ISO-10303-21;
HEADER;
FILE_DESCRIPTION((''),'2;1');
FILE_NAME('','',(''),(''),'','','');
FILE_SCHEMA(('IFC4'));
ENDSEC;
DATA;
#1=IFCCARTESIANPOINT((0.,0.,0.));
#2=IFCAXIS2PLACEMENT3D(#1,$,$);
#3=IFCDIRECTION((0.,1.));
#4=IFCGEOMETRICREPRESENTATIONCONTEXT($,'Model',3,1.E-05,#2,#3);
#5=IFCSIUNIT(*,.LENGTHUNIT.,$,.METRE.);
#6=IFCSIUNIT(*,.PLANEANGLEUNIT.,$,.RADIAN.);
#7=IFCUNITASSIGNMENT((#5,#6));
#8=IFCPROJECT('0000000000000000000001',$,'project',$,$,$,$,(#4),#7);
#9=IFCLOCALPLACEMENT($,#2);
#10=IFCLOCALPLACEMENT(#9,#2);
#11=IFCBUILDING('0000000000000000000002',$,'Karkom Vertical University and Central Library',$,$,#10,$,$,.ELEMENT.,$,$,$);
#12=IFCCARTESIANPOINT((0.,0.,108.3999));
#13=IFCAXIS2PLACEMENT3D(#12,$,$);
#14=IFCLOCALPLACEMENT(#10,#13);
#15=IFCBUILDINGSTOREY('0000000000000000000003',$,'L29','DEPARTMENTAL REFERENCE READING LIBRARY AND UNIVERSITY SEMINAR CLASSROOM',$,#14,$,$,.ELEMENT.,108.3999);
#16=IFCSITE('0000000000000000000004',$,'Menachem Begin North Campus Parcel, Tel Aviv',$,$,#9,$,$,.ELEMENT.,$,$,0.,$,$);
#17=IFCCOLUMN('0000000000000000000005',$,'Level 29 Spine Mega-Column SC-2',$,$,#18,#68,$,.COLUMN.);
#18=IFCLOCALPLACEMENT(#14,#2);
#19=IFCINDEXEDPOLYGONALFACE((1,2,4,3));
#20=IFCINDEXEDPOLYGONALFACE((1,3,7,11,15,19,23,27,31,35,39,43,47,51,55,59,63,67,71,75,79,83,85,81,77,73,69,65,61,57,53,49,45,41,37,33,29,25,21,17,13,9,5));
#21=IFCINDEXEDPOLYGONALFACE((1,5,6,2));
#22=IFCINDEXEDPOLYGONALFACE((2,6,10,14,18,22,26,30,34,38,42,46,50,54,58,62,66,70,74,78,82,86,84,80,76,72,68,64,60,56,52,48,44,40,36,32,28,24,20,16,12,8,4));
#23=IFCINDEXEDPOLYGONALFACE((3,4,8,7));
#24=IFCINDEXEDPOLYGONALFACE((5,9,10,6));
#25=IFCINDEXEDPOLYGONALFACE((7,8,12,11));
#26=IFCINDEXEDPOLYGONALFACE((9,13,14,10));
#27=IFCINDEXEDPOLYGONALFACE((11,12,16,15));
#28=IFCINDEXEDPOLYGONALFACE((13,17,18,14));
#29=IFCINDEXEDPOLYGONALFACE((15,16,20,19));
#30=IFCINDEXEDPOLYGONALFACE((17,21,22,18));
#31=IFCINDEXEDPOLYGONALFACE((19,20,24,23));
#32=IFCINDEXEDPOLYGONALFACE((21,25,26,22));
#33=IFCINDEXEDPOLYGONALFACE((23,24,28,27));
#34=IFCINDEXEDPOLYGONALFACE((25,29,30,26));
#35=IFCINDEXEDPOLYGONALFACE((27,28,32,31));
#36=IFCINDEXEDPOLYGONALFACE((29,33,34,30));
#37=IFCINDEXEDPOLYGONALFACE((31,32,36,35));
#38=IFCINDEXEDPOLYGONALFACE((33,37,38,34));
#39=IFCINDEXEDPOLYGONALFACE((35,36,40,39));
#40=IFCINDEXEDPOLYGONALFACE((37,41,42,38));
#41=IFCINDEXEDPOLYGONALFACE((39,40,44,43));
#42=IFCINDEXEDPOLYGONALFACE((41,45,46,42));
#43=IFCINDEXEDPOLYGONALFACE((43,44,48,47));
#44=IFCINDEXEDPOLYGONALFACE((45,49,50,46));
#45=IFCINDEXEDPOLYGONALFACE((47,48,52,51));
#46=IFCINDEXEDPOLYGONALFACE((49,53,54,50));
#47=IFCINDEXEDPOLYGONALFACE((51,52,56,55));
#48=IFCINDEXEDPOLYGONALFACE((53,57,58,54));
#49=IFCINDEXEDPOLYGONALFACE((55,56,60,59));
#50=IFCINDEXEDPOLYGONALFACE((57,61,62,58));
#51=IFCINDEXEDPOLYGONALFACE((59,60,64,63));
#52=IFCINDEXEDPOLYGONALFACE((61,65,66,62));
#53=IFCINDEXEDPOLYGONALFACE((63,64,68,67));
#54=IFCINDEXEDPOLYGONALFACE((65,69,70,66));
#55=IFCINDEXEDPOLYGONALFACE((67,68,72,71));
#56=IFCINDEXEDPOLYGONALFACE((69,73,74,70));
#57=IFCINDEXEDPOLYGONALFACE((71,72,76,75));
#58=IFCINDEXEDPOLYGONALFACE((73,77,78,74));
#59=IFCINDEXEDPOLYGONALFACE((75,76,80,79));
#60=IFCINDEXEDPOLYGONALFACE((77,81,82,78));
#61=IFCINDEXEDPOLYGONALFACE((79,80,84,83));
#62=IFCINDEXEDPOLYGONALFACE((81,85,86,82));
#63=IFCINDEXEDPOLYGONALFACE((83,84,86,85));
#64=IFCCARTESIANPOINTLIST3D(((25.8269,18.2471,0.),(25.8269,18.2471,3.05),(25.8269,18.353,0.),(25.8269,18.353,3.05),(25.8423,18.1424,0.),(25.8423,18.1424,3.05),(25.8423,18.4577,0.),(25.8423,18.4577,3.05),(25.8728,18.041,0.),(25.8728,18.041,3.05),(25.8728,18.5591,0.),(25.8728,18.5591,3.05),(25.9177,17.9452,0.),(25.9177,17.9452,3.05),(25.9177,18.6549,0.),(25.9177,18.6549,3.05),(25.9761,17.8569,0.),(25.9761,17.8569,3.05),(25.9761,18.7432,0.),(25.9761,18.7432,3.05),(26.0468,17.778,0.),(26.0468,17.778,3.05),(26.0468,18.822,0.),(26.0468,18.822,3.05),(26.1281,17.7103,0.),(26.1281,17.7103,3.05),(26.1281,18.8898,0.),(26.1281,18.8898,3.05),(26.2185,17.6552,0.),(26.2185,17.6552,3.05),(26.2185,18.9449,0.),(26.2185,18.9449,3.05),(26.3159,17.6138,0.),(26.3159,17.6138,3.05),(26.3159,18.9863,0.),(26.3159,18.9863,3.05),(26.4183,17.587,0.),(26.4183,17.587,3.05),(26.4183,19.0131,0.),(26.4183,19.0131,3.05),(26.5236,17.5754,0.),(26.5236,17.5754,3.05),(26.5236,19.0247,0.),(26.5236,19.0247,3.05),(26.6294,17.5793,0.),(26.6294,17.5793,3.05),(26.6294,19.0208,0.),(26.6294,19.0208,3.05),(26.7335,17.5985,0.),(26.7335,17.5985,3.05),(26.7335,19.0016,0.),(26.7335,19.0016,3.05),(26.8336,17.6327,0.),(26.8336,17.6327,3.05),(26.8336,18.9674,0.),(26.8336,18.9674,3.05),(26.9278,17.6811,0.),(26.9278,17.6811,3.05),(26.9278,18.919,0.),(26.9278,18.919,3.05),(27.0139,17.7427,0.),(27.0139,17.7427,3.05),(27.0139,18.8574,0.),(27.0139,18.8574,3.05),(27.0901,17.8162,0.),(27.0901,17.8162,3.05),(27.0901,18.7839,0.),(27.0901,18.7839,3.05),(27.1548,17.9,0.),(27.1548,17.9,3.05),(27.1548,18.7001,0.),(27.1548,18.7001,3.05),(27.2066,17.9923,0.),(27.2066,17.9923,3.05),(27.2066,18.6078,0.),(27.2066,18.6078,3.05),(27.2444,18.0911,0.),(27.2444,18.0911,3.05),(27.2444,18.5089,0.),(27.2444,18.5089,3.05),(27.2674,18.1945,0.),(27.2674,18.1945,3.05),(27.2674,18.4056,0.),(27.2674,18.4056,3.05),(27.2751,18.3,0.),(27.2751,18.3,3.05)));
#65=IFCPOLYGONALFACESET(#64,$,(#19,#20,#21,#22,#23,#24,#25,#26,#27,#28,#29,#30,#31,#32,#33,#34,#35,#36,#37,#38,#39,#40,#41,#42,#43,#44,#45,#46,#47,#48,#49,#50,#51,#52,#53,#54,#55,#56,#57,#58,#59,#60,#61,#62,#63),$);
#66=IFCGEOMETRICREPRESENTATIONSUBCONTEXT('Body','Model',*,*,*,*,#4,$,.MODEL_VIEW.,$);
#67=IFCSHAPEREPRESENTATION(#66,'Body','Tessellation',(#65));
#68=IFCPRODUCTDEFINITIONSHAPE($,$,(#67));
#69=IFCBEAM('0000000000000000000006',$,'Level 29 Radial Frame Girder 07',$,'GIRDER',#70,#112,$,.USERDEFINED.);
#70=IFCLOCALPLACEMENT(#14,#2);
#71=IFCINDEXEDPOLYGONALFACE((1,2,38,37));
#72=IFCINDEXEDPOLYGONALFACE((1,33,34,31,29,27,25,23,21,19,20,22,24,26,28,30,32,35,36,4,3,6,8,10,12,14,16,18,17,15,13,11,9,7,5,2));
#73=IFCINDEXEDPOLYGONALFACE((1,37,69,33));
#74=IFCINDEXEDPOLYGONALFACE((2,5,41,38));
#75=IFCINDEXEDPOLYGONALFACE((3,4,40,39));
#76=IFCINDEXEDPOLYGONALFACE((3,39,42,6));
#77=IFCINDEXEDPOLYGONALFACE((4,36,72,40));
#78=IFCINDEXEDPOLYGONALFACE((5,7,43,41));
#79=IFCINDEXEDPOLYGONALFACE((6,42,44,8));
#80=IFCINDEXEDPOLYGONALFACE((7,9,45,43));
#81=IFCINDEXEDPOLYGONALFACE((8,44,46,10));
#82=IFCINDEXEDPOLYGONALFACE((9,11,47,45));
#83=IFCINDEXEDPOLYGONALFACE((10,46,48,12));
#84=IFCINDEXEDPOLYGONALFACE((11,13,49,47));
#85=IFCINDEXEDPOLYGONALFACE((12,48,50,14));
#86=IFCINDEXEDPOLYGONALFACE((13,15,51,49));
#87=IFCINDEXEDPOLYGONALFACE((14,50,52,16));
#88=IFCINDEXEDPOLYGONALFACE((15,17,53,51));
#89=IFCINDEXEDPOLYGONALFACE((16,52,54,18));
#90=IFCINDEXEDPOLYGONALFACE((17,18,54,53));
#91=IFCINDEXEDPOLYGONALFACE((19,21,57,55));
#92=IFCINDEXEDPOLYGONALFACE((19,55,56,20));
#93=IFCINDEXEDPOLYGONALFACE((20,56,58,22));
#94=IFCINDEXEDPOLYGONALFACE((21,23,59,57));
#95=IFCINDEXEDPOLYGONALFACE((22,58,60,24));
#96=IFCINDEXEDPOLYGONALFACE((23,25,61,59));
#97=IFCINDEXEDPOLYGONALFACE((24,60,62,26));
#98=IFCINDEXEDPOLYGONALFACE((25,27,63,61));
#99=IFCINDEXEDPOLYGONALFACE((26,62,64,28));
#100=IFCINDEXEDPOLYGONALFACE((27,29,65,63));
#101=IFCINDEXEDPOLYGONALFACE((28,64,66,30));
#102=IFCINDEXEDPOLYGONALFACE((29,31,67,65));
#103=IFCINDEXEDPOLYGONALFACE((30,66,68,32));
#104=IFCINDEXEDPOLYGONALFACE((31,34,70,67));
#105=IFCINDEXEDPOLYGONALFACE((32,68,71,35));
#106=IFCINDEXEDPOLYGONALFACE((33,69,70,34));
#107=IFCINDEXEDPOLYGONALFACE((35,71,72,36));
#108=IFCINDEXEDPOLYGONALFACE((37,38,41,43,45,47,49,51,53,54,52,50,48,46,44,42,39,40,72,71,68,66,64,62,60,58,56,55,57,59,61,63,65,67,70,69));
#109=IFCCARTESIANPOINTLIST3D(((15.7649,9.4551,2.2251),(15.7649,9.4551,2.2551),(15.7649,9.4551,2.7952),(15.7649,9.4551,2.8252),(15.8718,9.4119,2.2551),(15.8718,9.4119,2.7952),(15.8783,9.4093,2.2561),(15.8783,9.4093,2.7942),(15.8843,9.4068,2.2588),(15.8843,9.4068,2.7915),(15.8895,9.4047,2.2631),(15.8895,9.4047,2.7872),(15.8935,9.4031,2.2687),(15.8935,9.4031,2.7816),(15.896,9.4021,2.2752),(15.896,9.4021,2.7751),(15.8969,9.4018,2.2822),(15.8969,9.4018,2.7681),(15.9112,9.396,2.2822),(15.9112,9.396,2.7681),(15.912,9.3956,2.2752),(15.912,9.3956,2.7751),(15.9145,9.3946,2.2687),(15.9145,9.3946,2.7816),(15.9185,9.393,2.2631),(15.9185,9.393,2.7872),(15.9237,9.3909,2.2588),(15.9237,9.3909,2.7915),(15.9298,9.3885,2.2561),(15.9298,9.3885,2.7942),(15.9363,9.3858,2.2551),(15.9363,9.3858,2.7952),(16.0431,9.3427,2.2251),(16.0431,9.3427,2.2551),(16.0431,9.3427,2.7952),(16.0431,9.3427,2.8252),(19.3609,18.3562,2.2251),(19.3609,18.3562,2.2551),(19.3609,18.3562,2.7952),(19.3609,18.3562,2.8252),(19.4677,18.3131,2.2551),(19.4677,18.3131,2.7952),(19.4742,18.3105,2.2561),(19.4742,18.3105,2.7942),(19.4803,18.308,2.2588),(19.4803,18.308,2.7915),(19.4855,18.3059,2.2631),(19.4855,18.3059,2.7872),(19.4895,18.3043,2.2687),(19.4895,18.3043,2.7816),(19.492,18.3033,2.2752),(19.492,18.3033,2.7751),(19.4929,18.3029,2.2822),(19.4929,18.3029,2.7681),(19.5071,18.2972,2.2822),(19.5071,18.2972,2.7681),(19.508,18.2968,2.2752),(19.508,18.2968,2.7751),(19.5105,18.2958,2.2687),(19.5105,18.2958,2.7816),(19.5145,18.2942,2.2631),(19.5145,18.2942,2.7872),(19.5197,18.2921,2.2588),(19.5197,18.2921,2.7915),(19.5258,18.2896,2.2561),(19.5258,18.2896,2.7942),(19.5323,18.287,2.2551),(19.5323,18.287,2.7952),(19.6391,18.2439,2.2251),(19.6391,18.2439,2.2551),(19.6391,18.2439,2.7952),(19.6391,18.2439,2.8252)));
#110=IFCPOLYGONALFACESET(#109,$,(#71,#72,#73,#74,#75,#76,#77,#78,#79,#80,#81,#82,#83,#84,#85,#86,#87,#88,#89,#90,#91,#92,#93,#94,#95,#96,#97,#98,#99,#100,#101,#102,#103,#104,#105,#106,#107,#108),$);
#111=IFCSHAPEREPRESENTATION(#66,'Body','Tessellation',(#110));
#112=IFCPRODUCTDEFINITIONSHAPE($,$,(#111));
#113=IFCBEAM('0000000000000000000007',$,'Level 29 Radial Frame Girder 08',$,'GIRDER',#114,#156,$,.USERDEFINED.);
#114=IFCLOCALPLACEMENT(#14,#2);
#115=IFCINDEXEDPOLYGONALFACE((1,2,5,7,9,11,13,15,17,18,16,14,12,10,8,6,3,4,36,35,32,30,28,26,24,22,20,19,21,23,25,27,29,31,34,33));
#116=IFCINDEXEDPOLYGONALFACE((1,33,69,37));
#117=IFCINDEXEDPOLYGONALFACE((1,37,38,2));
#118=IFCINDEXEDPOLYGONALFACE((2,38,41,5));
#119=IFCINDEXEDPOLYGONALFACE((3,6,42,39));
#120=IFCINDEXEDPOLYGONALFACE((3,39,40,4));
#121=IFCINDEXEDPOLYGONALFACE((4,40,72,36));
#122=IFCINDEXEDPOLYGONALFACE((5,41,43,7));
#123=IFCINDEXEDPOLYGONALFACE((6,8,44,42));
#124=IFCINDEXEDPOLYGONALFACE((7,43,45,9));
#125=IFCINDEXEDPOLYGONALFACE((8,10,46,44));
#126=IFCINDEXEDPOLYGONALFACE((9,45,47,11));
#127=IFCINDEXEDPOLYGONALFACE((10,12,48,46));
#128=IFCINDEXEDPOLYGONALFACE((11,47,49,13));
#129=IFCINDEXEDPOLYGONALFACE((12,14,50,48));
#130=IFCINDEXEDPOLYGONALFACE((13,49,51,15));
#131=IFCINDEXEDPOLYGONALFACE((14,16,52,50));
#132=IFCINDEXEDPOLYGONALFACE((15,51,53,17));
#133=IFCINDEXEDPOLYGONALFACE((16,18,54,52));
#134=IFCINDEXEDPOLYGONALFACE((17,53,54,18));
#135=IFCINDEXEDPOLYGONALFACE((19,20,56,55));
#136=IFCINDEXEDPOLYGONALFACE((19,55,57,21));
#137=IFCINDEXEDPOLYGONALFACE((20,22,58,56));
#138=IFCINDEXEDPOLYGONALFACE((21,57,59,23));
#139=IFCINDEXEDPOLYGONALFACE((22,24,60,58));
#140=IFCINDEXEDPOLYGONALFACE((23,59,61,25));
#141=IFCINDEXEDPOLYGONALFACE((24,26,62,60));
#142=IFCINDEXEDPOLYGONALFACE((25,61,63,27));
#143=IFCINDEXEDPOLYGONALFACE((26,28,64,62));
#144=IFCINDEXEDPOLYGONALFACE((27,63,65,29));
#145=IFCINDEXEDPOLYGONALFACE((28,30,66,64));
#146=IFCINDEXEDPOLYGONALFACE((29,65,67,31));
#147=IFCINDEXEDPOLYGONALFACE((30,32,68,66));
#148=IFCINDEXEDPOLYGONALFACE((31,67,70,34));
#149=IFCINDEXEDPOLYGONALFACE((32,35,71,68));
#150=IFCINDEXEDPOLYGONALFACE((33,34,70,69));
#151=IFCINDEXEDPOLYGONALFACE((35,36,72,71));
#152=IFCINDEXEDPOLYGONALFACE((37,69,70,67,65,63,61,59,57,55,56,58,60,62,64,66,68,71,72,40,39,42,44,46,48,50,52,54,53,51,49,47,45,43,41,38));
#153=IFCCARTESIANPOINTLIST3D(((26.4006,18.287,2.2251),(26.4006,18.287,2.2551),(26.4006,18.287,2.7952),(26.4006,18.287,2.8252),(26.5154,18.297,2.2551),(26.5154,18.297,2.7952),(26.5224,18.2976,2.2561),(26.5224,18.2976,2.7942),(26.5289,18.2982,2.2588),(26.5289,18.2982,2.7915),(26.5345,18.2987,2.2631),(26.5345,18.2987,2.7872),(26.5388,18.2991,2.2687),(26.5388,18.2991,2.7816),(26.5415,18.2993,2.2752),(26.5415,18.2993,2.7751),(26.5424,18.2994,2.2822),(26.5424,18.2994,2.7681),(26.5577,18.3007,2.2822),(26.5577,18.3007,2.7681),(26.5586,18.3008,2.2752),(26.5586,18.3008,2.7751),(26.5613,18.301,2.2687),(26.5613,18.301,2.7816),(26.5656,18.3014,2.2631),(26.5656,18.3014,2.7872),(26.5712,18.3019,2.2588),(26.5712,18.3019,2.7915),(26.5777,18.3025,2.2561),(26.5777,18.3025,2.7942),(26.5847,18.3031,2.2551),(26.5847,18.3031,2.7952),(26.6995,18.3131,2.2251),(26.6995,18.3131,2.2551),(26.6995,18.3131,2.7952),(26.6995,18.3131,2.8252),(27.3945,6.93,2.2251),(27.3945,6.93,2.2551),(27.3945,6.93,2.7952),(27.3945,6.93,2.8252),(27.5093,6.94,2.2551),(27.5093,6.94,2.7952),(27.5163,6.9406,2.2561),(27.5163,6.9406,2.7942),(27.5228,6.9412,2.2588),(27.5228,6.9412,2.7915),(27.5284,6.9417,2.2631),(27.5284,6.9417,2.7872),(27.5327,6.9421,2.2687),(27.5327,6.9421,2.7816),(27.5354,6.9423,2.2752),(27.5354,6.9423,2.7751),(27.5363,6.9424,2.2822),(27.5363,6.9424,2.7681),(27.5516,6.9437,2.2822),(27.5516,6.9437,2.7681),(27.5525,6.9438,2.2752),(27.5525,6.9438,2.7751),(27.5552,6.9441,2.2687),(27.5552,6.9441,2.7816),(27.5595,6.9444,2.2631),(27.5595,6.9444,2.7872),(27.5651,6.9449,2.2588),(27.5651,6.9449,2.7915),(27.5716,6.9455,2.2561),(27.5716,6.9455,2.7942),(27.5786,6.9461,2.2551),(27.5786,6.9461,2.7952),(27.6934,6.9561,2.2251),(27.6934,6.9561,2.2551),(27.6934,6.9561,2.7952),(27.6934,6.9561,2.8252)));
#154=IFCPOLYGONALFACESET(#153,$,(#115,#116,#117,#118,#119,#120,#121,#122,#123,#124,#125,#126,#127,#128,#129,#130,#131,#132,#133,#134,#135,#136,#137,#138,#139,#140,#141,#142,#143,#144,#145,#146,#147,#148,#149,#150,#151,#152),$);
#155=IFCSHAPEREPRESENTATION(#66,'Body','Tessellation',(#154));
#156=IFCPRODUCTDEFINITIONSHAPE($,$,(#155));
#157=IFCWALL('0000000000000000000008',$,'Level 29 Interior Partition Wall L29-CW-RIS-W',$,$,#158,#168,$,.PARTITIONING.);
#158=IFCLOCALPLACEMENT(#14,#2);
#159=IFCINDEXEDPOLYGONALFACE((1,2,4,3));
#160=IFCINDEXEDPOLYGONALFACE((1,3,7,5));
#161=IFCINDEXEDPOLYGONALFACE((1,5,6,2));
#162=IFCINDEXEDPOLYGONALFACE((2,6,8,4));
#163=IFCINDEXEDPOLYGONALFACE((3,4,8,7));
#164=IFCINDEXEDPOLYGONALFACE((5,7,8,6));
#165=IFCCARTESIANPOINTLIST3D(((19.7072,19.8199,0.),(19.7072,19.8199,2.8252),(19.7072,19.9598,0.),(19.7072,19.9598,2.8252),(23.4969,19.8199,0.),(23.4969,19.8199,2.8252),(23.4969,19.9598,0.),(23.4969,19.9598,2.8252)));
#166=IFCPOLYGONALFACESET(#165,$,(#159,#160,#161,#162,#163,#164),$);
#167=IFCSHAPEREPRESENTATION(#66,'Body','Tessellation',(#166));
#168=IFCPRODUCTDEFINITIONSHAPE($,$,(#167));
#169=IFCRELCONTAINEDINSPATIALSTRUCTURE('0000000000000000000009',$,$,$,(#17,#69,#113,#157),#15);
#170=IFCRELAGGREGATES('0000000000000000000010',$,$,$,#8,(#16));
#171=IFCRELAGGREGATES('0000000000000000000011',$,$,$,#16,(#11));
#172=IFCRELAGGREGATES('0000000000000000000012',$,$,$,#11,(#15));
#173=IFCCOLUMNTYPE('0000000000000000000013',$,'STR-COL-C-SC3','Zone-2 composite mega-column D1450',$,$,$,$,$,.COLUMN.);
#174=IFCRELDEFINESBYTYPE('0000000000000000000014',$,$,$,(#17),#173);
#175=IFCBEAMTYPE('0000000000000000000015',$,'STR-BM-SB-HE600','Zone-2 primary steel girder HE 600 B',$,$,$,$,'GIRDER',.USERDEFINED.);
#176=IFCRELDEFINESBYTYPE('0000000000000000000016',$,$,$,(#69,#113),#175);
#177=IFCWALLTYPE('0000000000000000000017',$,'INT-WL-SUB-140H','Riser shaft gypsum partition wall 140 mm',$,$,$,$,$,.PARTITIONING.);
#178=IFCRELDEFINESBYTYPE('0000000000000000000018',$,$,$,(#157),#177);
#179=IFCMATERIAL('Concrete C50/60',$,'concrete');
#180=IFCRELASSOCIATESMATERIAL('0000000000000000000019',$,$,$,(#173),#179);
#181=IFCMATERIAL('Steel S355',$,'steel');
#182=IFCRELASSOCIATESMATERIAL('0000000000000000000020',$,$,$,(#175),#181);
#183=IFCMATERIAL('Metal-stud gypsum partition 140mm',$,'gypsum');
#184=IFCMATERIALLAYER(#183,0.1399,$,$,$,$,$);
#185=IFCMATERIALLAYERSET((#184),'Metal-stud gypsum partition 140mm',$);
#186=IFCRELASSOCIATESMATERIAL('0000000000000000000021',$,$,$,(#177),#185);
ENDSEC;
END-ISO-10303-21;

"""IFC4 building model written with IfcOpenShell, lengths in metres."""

from ifc_helpers import new_model, si_unit, direction, frame, frame_2d, origin, origin_with_axes, origin_2d, place, context, subcontext, project, spatial, rectangle, circle, i_section, extrude, source, transform, mapped, material, layer, layer_set, material_profile, profile_set, type_object, element, save


model = new_model("IFC4")

# Units and contexts
model_context = context("Model", 3, precision=1e-05, world=origin(), true_north=direction((0.0, 1.0)))
body_context = subcontext(model_context, "Body", "Model", "MODEL_VIEW")
ifc_project = project(units=[si_unit("LENGTHUNIT", "METRE"), si_unit("PLANEANGLEUNIT", "RADIAN")], contexts=[model_context])

# Site, building, storey
site_placement = place(None, origin())
site = spatial("IfcSite", under=ifc_project, at=site_placement, Name="Menachem Begin North Campus Parcel, Tel Aviv", CompositionType="ELEMENT", RefElevation=0.0)
building_placement = place(site_placement, origin())
building = spatial("IfcBuilding", under=site, at=building_placement, Name="Karkom Vertical University and Central Library", CompositionType="ELEMENT")
storey_placement = place(building_placement, frame((0.0, 0.0, 108.3999)))
storey = spatial("IfcBuildingStorey", under=building, at=storey_placement, Name="L29", Description="DEPARTMENTAL REFERENCE READING LIBRARY AND UNIVERSITY SEMINAR CLASSROOM", CompositionType="ELEMENT", Elevation=108.3999)

# Column
ifc_material_1 = material(Name="Concrete C50/60", Category="concrete")
ifc_material_profile_1 = material_profile(ifc_material_1, circle(Radius=0.7251, at=origin_2d()), Name="CFT-D1450")
ifc_profile_set_1 = profile_set([ifc_material_profile_1], Name="Concrete C50/60")
column_type = type_object("IfcColumnType", Name="STR-COL-C-SC3", Description="Zone-2 composite mega-column D1450", PredefinedType="COLUMN", material=ifc_profile_set_1)
shared_shape_1 = source(origin_with_axes(), body_context, "Body", "SweptSolid", [
    extrude(circle(Radius=0.7251, at=origin_2d()), origin(), (0.0, 0.0, 1.0), 3.05),
])
column_placement = place(storey_placement, frame((26.55, 18.3, 0.0), z_axis=(0.0, 0.0, 1.0), x_axis=(1.0, 0.0, 0.0)))
element("IfcColumn", 1, at=column_placement, inside=storey, type_object=column_type, Name="Level 29 Spine Mega-Column SC-2", PredefinedType="COLUMN", context=body_context, shape_type="MappedRepresentation", body=[
    mapped(shared_shape_1, transform((0.0, 0.0, 0.0), scale=1.0)),
])

# Beams
ifc_material_2 = material(Name="Steel S355", Category="steel")
ifc_material_profile_2 = material_profile(ifc_material_2, i_section(OverallWidth=0.3, OverallDepth=0.6001, WebThickness=0.0154, FlangeThickness=0.03, FilletRadius=0.0271, at=origin_2d()), Name="HE 600 B")
ifc_profile_set_2 = profile_set([ifc_material_profile_2], Name="Steel S355")
beam_type = type_object("IfcBeamType", Name="STR-BM-SB-HE600", Description="Zone-2 primary steel girder HE 600 B", ElementType="GIRDER", PredefinedType="USERDEFINED", material=ifc_profile_set_2)
shared_shape_2 = source(origin_with_axes(), body_context, "Body", "SweptSolid", [
    extrude(i_section(OverallWidth=0.3, OverallDepth=0.6001, WebThickness=0.0154, FlangeThickness=0.03, FilletRadius=0.0271, at=origin_2d()), origin(), (0.0, 0.0, 1.0), 9.6001),
])
beam_1_placement = place(storey_placement, frame((19.5, 18.3, 2.5251), z_axis=(-0.374576, -0.927196, 0.0), x_axis=(0.927196, -0.374576, 0.0)))
element("IfcBeam", 2, at=beam_1_placement, inside=storey, type_object=beam_type, Name="Level 29 Radial Frame Girder 07", ObjectType="GIRDER", PredefinedType="USERDEFINED", context=body_context, shape_type="MappedRepresentation", body=[
    mapped(shared_shape_2, transform((0.0, 0.0, 0.0), scale=1.0)),
])
shared_shape_3 = source(origin_with_axes(), body_context, "Body", "SweptSolid", [
    extrude(i_section(OverallWidth=0.3, OverallDepth=0.6001, WebThickness=0.0154, FlangeThickness=0.03, FilletRadius=0.0271, at=origin_2d()), origin(), (0.0, 0.0, 1.0), 11.4004),
])
beam_2_placement = place(storey_placement, frame((26.55, 18.3, 2.5251), z_axis=(0.087181, -0.996192, 0.0), x_axis=(0.996192, 0.087181, 0.0)))
element("IfcBeam", 3, at=beam_2_placement, inside=storey, type_object=beam_type, Name="Level 29 Radial Frame Girder 08", ObjectType="GIRDER", PredefinedType="USERDEFINED", context=body_context, shape_type="MappedRepresentation", body=[
    mapped(shared_shape_3, transform((0.0, 0.0, 0.0), scale=1.0)),
])

# Wall
ifc_material_3 = material(Name="Metal-stud gypsum partition 140mm", Category="gypsum")
ifc_layer_1 = layer(ifc_material_3, 0.1399)
ifc_layer_set_1 = layer_set([ifc_layer_1], Name="Metal-stud gypsum partition 140mm")
wall_type_1 = type_object("IfcWallType", Name="INT-WL-SUB-140H", Description="Riser shaft gypsum partition wall 140 mm", PredefinedType="PARTITIONING", material=ifc_layer_set_1)
wall_1_placement = place(storey_placement, frame((19.707, 19.8899, 0.0), z_axis=(0.0, 0.0, 1.0), x_axis=(1.0, 0.0, 0.0)))
element("IfcWall", 4, at=wall_1_placement, inside=storey, type_object=wall_type_1, Name="Level 29 Interior Partition Wall L29-CW-RIS-W", PredefinedType="PARTITIONING", context=body_context, shape_type="SweptSolid", body=[
    extrude(rectangle(XDim=3.7898, YDim=0.1399, at=frame_2d((1.895, 0.0))), origin(), (0.0, 0.0, 1.0), 2.8252),
])

save(model, "model.ifc")
